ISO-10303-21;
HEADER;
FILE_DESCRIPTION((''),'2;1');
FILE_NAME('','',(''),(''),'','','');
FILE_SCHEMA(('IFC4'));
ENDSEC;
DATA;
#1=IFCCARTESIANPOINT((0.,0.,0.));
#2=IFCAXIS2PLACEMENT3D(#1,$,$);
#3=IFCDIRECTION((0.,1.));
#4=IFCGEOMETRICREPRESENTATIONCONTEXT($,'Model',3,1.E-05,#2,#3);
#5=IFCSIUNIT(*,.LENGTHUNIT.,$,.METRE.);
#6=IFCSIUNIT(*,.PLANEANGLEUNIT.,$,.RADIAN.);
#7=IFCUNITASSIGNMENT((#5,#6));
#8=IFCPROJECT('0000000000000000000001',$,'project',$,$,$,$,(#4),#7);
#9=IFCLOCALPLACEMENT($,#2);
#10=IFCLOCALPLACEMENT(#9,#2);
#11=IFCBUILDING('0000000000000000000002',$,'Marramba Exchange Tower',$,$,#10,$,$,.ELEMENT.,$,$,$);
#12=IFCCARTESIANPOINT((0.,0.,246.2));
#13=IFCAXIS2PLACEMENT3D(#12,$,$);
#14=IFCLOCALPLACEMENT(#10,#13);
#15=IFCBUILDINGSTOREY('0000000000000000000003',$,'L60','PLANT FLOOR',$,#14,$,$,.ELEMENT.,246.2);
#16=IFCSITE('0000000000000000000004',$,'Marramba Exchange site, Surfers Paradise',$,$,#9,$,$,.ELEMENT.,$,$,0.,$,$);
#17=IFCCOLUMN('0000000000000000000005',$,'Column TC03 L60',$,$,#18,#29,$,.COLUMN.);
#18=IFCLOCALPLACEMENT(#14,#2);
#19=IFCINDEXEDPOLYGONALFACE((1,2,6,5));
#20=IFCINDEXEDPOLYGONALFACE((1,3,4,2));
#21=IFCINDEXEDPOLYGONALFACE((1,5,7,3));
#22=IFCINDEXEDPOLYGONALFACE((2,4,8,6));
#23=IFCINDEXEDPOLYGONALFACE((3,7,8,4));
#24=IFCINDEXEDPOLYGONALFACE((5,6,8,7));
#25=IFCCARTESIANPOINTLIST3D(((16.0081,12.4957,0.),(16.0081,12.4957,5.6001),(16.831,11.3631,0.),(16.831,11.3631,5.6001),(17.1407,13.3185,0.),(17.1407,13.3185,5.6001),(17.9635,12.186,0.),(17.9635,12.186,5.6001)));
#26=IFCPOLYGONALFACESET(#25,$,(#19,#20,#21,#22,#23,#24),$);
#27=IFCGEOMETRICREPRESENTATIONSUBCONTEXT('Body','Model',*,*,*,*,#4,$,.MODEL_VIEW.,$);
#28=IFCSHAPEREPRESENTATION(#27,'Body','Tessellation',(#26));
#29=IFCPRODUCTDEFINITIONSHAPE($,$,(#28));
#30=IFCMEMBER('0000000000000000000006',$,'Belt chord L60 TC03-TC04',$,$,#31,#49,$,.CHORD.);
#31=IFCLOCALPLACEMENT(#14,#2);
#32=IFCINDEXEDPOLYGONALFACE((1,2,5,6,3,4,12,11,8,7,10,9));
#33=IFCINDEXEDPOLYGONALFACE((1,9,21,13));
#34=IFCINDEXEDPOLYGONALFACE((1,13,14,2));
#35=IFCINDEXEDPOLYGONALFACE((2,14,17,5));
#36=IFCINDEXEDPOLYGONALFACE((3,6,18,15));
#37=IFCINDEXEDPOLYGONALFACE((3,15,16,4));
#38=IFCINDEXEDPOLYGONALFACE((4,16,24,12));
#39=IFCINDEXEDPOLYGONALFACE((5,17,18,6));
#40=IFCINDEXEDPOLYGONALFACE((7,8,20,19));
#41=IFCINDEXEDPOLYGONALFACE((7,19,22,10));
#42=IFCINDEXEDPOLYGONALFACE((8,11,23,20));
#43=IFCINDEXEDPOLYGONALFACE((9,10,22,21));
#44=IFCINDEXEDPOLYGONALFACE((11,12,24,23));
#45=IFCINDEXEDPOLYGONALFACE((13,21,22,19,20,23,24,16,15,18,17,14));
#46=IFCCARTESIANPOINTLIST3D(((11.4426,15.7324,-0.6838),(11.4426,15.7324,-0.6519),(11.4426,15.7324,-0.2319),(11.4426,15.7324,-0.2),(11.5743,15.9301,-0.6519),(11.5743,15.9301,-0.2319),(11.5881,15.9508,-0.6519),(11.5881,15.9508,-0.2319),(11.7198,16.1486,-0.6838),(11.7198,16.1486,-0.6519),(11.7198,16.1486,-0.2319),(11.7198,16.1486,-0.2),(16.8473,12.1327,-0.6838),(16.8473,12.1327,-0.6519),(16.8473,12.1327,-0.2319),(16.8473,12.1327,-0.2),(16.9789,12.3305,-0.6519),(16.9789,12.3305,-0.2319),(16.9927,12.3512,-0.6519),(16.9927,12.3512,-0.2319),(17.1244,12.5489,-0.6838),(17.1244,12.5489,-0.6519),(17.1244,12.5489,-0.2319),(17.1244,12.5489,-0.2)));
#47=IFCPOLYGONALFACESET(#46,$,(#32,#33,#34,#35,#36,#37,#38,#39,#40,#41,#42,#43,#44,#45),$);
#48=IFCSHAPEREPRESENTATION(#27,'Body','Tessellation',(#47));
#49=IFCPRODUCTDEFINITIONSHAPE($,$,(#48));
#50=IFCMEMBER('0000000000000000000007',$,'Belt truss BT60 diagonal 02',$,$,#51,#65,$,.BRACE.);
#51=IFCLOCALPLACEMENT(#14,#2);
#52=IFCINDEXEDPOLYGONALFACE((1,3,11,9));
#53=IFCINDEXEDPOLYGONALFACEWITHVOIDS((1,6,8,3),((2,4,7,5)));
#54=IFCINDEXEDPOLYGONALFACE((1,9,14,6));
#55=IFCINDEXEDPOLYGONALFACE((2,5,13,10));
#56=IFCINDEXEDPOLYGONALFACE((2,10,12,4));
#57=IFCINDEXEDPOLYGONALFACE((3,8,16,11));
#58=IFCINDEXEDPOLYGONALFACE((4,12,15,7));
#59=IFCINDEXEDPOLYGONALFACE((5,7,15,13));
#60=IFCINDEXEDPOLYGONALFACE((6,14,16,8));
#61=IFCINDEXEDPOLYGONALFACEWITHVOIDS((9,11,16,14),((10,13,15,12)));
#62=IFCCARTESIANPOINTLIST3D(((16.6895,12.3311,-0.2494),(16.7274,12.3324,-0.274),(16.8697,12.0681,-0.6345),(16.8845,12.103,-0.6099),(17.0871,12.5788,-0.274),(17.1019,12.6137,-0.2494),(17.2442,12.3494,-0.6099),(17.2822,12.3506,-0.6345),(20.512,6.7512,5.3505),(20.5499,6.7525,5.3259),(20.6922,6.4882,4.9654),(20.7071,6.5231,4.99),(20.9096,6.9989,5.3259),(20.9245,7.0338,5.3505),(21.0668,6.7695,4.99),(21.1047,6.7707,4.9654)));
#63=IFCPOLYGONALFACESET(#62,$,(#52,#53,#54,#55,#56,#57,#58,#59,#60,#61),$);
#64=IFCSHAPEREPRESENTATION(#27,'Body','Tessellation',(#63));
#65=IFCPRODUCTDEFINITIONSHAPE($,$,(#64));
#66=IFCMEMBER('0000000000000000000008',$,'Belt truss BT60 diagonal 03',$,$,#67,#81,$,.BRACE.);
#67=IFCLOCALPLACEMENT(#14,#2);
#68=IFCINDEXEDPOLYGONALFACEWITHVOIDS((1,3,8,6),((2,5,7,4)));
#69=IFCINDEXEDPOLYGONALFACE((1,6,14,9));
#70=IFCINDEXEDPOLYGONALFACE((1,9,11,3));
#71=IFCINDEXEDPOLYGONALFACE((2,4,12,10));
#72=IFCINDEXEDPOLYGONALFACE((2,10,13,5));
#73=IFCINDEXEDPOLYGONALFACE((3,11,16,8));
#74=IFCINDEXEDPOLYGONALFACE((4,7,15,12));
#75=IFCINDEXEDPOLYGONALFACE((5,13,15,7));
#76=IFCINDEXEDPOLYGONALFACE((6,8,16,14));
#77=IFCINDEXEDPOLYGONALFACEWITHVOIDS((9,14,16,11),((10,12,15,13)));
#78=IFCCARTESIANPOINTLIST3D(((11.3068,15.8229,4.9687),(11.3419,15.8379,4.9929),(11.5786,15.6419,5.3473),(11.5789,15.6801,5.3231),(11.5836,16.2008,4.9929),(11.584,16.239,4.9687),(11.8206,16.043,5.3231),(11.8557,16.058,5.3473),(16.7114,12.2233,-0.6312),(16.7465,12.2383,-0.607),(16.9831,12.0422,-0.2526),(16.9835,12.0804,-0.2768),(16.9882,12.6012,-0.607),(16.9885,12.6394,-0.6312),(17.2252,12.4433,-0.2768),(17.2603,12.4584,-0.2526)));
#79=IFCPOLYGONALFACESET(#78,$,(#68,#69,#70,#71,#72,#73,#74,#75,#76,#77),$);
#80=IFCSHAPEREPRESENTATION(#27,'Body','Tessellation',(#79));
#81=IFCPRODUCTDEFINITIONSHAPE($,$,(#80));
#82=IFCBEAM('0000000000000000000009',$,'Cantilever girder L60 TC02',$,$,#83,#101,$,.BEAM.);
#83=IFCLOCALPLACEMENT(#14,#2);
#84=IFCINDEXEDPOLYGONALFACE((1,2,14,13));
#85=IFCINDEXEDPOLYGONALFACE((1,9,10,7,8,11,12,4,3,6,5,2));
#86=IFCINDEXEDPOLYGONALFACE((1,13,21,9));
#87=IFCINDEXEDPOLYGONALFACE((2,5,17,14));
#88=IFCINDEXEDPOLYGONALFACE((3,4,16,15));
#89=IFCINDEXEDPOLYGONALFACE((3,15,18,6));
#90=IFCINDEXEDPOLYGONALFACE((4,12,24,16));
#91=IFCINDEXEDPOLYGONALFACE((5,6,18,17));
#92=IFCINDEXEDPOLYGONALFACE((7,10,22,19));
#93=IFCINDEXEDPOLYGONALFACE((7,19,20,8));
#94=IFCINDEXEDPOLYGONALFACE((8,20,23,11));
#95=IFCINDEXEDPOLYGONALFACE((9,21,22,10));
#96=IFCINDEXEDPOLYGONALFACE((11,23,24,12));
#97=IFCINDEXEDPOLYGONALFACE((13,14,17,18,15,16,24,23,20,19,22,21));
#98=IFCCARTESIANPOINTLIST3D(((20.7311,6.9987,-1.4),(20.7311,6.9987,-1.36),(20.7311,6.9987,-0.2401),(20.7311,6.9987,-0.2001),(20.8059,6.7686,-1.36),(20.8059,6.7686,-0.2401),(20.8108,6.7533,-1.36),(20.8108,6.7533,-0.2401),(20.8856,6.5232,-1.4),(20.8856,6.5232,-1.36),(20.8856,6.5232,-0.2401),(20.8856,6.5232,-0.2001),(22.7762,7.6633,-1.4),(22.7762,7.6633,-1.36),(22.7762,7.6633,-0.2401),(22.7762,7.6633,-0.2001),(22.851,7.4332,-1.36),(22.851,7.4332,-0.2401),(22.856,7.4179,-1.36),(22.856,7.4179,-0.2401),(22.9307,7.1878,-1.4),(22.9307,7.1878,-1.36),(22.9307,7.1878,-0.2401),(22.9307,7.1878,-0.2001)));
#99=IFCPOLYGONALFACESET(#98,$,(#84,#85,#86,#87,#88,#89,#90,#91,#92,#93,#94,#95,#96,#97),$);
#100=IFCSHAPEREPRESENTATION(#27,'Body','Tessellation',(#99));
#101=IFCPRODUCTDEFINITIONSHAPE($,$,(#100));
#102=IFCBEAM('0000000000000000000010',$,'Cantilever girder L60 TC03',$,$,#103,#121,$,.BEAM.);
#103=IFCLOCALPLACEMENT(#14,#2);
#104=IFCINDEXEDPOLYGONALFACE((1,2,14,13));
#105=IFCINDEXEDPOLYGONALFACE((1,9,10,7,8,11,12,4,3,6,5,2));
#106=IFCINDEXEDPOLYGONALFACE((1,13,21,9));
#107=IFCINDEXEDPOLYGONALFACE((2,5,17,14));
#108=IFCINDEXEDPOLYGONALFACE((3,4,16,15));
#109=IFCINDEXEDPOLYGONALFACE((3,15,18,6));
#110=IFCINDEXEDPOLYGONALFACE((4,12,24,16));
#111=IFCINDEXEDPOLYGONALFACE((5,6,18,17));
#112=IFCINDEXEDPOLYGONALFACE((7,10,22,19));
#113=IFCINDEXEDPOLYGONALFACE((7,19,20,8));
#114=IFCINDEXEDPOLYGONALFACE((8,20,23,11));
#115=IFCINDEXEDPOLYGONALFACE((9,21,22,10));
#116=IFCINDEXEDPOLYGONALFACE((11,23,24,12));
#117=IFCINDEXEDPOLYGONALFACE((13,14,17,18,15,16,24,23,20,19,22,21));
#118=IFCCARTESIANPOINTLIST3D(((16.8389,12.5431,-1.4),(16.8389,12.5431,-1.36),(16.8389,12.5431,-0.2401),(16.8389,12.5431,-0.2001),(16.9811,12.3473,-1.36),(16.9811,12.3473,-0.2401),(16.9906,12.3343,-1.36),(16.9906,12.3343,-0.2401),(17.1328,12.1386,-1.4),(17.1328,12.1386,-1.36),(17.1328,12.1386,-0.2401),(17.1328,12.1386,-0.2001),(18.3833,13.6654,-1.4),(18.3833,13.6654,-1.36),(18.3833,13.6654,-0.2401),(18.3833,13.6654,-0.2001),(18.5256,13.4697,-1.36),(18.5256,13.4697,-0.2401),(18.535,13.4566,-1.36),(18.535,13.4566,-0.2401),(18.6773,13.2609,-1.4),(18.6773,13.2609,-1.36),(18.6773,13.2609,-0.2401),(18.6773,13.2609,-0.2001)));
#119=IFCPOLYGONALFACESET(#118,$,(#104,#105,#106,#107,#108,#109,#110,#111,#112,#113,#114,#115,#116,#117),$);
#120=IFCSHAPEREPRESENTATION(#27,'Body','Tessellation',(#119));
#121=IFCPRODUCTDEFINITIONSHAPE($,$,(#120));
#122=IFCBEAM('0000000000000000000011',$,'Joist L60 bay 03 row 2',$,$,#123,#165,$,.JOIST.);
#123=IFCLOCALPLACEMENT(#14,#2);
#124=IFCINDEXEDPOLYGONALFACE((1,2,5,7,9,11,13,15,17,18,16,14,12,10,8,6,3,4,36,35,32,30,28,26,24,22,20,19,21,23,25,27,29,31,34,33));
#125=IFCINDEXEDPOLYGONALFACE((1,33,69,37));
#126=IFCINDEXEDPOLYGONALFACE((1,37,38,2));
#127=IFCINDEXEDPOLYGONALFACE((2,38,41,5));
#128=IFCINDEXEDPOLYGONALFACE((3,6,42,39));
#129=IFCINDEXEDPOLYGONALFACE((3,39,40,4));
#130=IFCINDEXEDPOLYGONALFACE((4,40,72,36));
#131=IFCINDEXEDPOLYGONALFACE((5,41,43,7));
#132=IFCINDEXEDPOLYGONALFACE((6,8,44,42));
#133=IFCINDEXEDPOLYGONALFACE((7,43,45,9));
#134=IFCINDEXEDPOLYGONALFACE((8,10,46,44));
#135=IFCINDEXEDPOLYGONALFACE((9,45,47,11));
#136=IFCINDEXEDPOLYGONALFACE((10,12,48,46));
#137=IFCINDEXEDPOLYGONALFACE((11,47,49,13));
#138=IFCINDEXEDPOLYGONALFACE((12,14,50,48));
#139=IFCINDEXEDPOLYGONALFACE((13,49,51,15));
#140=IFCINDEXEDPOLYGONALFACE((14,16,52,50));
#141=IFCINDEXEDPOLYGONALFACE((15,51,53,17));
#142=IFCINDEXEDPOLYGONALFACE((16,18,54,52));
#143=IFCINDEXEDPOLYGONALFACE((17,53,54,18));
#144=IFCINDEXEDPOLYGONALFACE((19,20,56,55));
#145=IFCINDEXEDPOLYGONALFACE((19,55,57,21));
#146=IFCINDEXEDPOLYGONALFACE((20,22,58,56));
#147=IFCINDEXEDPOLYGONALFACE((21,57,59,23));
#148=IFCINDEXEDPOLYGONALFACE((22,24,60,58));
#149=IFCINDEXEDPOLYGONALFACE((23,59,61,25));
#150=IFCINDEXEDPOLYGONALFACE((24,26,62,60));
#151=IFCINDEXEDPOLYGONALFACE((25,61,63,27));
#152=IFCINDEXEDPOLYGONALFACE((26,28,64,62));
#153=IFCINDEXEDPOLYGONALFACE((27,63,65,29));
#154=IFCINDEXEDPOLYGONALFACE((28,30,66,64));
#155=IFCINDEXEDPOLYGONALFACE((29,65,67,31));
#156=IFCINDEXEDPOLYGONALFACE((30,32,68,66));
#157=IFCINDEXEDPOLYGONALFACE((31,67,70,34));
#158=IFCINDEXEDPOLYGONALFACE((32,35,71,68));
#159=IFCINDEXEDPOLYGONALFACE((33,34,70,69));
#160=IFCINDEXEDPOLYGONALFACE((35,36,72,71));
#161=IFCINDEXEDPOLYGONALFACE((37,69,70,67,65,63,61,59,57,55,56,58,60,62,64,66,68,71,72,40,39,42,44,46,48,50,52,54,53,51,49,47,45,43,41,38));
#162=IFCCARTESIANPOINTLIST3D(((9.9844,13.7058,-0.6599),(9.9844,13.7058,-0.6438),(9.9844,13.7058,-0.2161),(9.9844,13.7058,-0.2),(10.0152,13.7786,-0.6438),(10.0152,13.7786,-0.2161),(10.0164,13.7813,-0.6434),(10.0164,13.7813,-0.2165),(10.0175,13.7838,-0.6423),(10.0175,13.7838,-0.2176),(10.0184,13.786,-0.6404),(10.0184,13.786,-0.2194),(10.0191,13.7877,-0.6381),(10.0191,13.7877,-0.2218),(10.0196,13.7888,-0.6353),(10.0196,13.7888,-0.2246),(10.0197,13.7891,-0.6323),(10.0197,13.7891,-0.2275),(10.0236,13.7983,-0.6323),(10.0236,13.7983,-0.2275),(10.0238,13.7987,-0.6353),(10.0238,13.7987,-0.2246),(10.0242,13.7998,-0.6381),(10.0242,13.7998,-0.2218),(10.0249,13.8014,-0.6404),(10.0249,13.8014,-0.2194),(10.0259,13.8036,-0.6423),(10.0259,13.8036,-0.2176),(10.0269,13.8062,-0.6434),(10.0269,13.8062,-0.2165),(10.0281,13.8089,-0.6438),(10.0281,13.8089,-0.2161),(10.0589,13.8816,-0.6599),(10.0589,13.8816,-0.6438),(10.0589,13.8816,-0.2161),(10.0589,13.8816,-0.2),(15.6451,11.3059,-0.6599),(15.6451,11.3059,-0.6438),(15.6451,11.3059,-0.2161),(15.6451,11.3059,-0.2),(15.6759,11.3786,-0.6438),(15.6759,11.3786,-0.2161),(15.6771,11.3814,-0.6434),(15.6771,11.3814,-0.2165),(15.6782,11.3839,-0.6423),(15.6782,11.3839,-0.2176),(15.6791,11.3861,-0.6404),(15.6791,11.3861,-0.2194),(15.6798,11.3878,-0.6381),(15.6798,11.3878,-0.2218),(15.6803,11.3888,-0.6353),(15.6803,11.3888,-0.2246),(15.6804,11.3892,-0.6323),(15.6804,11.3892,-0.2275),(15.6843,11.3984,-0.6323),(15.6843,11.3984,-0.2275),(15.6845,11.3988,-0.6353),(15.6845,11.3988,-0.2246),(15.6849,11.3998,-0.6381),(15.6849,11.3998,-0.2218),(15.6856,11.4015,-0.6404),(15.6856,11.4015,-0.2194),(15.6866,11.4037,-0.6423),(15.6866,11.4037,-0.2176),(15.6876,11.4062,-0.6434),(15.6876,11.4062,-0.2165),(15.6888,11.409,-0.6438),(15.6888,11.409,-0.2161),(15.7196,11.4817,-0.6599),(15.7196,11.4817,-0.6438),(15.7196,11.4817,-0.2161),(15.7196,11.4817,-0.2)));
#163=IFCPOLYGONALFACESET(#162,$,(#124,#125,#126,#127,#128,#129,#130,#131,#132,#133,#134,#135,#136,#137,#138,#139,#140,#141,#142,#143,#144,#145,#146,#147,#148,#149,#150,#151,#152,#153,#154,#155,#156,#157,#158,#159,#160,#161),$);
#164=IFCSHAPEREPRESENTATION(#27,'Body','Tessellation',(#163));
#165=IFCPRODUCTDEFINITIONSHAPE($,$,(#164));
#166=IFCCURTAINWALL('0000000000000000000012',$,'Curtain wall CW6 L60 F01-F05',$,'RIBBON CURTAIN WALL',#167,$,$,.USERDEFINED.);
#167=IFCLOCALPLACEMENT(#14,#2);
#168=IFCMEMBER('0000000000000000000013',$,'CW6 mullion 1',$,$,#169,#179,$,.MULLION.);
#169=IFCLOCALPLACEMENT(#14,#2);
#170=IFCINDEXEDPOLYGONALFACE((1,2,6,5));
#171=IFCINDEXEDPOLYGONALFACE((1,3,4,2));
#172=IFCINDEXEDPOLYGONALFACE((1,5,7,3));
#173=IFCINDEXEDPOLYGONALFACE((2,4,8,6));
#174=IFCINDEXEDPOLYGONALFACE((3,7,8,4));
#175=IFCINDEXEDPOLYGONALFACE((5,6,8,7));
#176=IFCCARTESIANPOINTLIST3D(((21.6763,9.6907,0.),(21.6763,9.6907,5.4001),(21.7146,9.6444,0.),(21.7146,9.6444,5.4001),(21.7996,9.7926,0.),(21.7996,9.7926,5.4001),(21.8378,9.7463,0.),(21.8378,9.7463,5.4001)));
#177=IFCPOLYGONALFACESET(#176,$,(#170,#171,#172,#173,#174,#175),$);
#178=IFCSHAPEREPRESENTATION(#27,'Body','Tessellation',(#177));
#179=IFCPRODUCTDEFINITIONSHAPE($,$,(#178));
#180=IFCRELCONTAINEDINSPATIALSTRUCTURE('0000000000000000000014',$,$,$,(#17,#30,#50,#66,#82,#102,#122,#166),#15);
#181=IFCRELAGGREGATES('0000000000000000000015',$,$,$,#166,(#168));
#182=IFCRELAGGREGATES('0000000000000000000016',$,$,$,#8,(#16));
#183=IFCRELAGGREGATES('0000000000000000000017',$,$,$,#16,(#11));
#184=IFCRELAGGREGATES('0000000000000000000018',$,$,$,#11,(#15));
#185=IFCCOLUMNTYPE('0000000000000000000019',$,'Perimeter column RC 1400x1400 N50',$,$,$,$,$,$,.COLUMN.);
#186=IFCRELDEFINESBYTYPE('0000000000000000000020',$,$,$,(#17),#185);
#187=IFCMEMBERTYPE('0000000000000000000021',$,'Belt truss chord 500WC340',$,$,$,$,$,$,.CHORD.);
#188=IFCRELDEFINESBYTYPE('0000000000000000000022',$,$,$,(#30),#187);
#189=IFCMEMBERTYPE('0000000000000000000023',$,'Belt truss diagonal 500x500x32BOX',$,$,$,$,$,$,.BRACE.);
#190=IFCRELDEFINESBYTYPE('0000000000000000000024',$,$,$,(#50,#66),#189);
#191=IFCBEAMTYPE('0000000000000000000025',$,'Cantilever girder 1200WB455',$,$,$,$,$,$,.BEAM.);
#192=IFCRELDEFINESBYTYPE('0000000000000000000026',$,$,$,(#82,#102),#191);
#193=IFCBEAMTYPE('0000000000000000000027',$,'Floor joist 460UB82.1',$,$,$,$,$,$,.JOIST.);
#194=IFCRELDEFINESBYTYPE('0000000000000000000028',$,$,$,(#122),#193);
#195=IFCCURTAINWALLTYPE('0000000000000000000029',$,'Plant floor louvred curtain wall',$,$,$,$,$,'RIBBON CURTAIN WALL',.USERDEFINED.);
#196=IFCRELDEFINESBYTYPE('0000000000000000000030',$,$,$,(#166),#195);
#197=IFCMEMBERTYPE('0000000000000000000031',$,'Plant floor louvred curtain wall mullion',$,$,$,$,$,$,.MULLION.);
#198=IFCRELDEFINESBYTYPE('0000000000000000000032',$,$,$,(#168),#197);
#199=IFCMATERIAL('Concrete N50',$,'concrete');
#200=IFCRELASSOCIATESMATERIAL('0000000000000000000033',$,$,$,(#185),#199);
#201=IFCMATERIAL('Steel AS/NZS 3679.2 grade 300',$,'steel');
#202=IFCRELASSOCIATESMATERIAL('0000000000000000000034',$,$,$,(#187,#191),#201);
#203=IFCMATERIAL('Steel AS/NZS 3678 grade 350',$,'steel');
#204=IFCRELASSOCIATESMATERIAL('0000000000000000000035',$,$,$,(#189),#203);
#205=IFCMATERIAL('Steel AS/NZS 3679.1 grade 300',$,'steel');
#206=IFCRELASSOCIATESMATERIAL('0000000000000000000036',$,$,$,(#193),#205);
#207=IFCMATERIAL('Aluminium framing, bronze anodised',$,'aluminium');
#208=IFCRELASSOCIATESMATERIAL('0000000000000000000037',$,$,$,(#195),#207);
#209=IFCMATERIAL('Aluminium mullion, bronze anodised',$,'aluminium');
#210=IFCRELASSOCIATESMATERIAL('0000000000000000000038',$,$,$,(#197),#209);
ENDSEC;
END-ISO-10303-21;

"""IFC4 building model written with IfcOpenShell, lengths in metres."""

from ifc_helpers import new_model, si_unit, direction, frame, origin, origin_2d, place, context, subcontext, project, spatial, rectangle, hollow_rectangle, i_section, extrude, material, material_profile, profile_set, type_object, element, aggregate, save


model = new_model("IFC4")

# Units and contexts
model_context = context("Model", 3, precision=1e-05, world=origin(), true_north=direction((0.0, 1.0)))
body_context = subcontext(model_context, "Body", "Model", "MODEL_VIEW")
ifc_project = project(units=[si_unit("LENGTHUNIT", "METRE"), si_unit("PLANEANGLEUNIT", "RADIAN")], contexts=[model_context])

# Site, building, storey
site_placement = place(None, origin())
site = spatial("IfcSite", under=ifc_project, at=site_placement, Name="Marramba Exchange site, Surfers Paradise", CompositionType="ELEMENT", RefElevation=0.0)
building_placement = place(site_placement, origin())
building = spatial("IfcBuilding", under=site, at=building_placement, Name="Marramba Exchange Tower", CompositionType="ELEMENT")
storey_placement = place(building_placement, frame((0.0, 0.0, 246.2)))
storey = spatial("IfcBuildingStorey", under=building, at=storey_placement, Name="L60", Description="PLANT FLOOR", CompositionType="ELEMENT", Elevation=246.2)

# Column
ifc_material_1 = material(Name="Concrete N50", Category="concrete")
ifc_material_profile_1 = material_profile(ifc_material_1, rectangle(XDim=1.3999, YDim=1.3999, at=origin_2d()), Name="RC 1400x1400")
ifc_profile_set_1 = profile_set([ifc_material_profile_1], Name="Concrete N50")
column_type = type_object("IfcColumnType", Name="Perimeter column RC 1400x1400 N50", PredefinedType="COLUMN", material=ifc_profile_set_1)
column_placement = place(storey_placement, frame((16.9858, 12.3408, 0.0), z_axis=(0.0, 0.0, 1.0), x_axis=(0.809017, 0.587785, 0.0)))
element("IfcColumn", 1, at=column_placement, inside=storey, type_object=column_type, Name="Column TC03 L60", PredefinedType="COLUMN", context=body_context, shape_type="SweptSolid", body=[
    extrude(rectangle(XDim=1.3999, YDim=1.3999, at=origin_2d()), origin(), (0.0, 0.0, 1.0), 5.6001),
])

# Members
ifc_material_2 = material(Name="Steel AS/NZS 3679.2 grade 300", Category="steel")
ifc_material_profile_2 = material_profile(ifc_material_2, i_section(OverallWidth=0.5, OverallDepth=0.4839, WebThickness=0.0249, FlangeThickness=0.032, at=origin_2d()), Name="500WC340")
ifc_profile_set_2 = profile_set([ifc_material_profile_2], Name="Steel AS/NZS 3679.2 grade 300")
member_type_1 = type_object("IfcMemberType", Name="Belt truss chord 500WC340", PredefinedType="CHORD", material=ifc_profile_set_2)
member_1_placement = place(storey_placement, frame((16.9858, 12.3408, -0.4419), z_axis=(-0.832293, 0.554336, 0.0), x_axis=(-0.554336, -0.832293, 0.0)))
element("IfcMember", 2, at=member_1_placement, inside=storey, type_object=member_type_1, Name="Belt chord L60 TC03-TC04", PredefinedType="CHORD", context=body_context, shape_type="SweptSolid", body=[
    extrude(i_section(OverallWidth=0.5, OverallDepth=0.4839, WebThickness=0.0249, FlangeThickness=0.032, at=origin_2d()), origin(), (0.0, 0.0, 1.0), 6.4937),
])
ifc_material_3 = material(Name="Steel AS/NZS 3678 grade 350", Category="steel")
ifc_material_profile_3 = material_profile(ifc_material_3, hollow_rectangle(XDim=0.5, YDim=0.5, WallThickness=0.032, at=origin_2d()), Name="500x500x32BOX")
ifc_profile_set_3 = profile_set([ifc_material_profile_3], Name="Steel AS/NZS 3678 grade 350")
member_type_2 = type_object("IfcMemberType", Name="Belt truss diagonal 500x500x32BOX", PredefinedType="BRACE", material=ifc_profile_set_3)
member_2_placement = place(storey_placement, frame((20.8083, 6.761, 5.158), z_axis=(-0.43532, 0.63545, -0.63773), x_axis=(-0.824981, -0.56516, 0.0)))
element("IfcMember", 3, at=member_2_placement, inside=storey, type_object=member_type_2, Name="Belt truss BT60 diagonal 02", PredefinedType="BRACE", context=body_context, shape_type="SweptSolid", body=[
    extrude(hollow_rectangle(XDim=0.5, YDim=0.5, WallThickness=0.032, at=origin_2d()), origin(), (0.0, 0.0, 1.0), 8.781),
])
member_3_placement = place(storey_placement, frame((16.9858, 12.3408, -0.4419), z_axis=(-0.630293, 0.419797, 0.653071), x_axis=(-0.554336, -0.832293, 0.0)))
element("IfcMember", 4, at=member_3_placement, inside=storey, type_object=member_type_2, Name="Belt truss BT60 diagonal 03", PredefinedType="BRACE", context=body_context, shape_type="SweptSolid", body=[
    extrude(hollow_rectangle(XDim=0.5, YDim=0.5, WallThickness=0.032, at=origin_2d()), origin(), (0.0, 0.0, 1.0), 8.5747),
])

# Beams
ifc_material_profile_4 = material_profile(ifc_material_2, i_section(OverallWidth=0.5, OverallDepth=1.2, WebThickness=0.0161, FlangeThickness=0.04, at=origin_2d()), Name="1200WB455")
ifc_profile_set_4 = profile_set([ifc_material_profile_4], Name="Steel AS/NZS 3679.2 grade 300")
beam_type_1 = type_object("IfcBeamType", Name="Cantilever girder 1200WB455", PredefinedType="BEAM", material=ifc_profile_set_4)
beam_1_placement = place(storey_placement, frame((20.8083, 6.761, -0.8), z_axis=(0.951052, 0.309032, 0.0), x_axis=(-0.309032, 0.951052, 0.0)))
element("IfcBeam", 5, at=beam_1_placement, inside=storey, type_object=beam_type_1, Name="Cantilever girder L60 TC02", PredefinedType="BEAM", context=body_context, shape_type="SweptSolid", body=[
    extrude(i_section(OverallWidth=0.5, OverallDepth=1.2, WebThickness=0.0161, FlangeThickness=0.04, at=origin_2d()), origin(), (0.0, 0.0, 1.0), 2.1504),
])
beam_2_placement = place(storey_placement, frame((16.9858, 12.3408, -0.8), z_axis=(0.808963, 0.58786, 0.0), x_axis=(-0.58786, 0.808963, 0.0)))
element("IfcBeam", 6, at=beam_2_placement, inside=storey, type_object=beam_type_1, Name="Cantilever girder L60 TC03", PredefinedType="BEAM", context=body_context, shape_type="SweptSolid", body=[
    extrude(i_section(OverallWidth=0.5, OverallDepth=1.2, WebThickness=0.0161, FlangeThickness=0.04, at=origin_2d()), origin(), (0.0, 0.0, 1.0), 1.9092),
])
ifc_material_4 = material(Name="Steel AS/NZS 3679.1 grade 300", Category="steel")
ifc_material_profile_5 = material_profile(ifc_material_4, i_section(OverallWidth=0.1909, OverallDepth=0.46, WebThickness=0.01, FlangeThickness=0.0161, FilletRadius=0.0115, at=origin_2d()), Name="460UB82.1")
ifc_profile_set_5 = profile_set([ifc_material_profile_5], Name="Steel AS/NZS 3679.1 grade 300")
beam_type_2 = type_object("IfcBeamType", Name="Floor joist 460UB82.1", PredefinedType="JOIST", material=ifc_profile_set_5)
beam_3_placement = place(storey_placement, frame((15.6824, 11.3938, -0.4299), z_axis=(-0.920674, 0.390332, 0.0), x_axis=(-0.390332, -0.920674, 0.0)))
element("IfcBeam", 7, at=beam_3_placement, inside=storey, type_object=beam_type_2, Name="Joist L60 bay 03 row 2", PredefinedType="JOIST", context=body_context, shape_type="SweptSolid", body=[
    extrude(i_section(OverallWidth=0.1909, OverallDepth=0.46, WebThickness=0.01, FlangeThickness=0.0161, FilletRadius=0.0115, at=origin_2d()), origin(), (0.0, 0.0, 1.0), 6.1484),
])

# Curtain wall, member
ifc_material_5 = material(Name="Aluminium framing, bronze anodised", Category="aluminium")
curtain_wall_type = type_object("IfcCurtainWallType", Name="Plant floor louvred curtain wall", ElementType="RIBBON CURTAIN WALL", PredefinedType="USERDEFINED", material=ifc_material_5)
curtain_wall_placement = place(storey_placement, origin())
curtain_wall = element("IfcCurtainWall", 8, at=curtain_wall_placement, inside=storey, type_object=curtain_wall_type, Name="Curtain wall CW6 L60 F01-F05", ObjectType="RIBBON CURTAIN WALL", PredefinedType="USERDEFINED")
ifc_material_6 = material(Name="Aluminium mullion, bronze anodised", Category="aluminium")
ifc_material_profile_6 = material_profile(ifc_material_6, rectangle(XDim=0.1599, YDim=0.0601, at=origin_2d()), Name="CW6 mullion 60x160")
ifc_profile_set_6 = profile_set([ifc_material_profile_6], Name="Aluminium mullion, bronze anodised")
member_type_3 = type_object("IfcMemberType", Name="Plant floor louvred curtain wall mullion", PredefinedType="MULLION", material=ifc_profile_set_6)
member_4_placement = place(storey_placement, frame((21.7571, 9.7185, 0.0), z_axis=(0.0, 0.0, 1.0), x_axis=(-0.770574, -0.63735, 0.0)))
member_4 = element("IfcMember", 9, at=member_4_placement, type_object=member_type_3, Name="CW6 mullion 1", PredefinedType="MULLION", context=body_context, shape_type="SweptSolid", body=[
    extrude(rectangle(XDim=0.1599, YDim=0.0601, at=origin_2d()), origin(), (0.0, 0.0, 1.0), 5.4001),
])

aggregate(curtain_wall, [member_4])

save(model, "model.ifc")
